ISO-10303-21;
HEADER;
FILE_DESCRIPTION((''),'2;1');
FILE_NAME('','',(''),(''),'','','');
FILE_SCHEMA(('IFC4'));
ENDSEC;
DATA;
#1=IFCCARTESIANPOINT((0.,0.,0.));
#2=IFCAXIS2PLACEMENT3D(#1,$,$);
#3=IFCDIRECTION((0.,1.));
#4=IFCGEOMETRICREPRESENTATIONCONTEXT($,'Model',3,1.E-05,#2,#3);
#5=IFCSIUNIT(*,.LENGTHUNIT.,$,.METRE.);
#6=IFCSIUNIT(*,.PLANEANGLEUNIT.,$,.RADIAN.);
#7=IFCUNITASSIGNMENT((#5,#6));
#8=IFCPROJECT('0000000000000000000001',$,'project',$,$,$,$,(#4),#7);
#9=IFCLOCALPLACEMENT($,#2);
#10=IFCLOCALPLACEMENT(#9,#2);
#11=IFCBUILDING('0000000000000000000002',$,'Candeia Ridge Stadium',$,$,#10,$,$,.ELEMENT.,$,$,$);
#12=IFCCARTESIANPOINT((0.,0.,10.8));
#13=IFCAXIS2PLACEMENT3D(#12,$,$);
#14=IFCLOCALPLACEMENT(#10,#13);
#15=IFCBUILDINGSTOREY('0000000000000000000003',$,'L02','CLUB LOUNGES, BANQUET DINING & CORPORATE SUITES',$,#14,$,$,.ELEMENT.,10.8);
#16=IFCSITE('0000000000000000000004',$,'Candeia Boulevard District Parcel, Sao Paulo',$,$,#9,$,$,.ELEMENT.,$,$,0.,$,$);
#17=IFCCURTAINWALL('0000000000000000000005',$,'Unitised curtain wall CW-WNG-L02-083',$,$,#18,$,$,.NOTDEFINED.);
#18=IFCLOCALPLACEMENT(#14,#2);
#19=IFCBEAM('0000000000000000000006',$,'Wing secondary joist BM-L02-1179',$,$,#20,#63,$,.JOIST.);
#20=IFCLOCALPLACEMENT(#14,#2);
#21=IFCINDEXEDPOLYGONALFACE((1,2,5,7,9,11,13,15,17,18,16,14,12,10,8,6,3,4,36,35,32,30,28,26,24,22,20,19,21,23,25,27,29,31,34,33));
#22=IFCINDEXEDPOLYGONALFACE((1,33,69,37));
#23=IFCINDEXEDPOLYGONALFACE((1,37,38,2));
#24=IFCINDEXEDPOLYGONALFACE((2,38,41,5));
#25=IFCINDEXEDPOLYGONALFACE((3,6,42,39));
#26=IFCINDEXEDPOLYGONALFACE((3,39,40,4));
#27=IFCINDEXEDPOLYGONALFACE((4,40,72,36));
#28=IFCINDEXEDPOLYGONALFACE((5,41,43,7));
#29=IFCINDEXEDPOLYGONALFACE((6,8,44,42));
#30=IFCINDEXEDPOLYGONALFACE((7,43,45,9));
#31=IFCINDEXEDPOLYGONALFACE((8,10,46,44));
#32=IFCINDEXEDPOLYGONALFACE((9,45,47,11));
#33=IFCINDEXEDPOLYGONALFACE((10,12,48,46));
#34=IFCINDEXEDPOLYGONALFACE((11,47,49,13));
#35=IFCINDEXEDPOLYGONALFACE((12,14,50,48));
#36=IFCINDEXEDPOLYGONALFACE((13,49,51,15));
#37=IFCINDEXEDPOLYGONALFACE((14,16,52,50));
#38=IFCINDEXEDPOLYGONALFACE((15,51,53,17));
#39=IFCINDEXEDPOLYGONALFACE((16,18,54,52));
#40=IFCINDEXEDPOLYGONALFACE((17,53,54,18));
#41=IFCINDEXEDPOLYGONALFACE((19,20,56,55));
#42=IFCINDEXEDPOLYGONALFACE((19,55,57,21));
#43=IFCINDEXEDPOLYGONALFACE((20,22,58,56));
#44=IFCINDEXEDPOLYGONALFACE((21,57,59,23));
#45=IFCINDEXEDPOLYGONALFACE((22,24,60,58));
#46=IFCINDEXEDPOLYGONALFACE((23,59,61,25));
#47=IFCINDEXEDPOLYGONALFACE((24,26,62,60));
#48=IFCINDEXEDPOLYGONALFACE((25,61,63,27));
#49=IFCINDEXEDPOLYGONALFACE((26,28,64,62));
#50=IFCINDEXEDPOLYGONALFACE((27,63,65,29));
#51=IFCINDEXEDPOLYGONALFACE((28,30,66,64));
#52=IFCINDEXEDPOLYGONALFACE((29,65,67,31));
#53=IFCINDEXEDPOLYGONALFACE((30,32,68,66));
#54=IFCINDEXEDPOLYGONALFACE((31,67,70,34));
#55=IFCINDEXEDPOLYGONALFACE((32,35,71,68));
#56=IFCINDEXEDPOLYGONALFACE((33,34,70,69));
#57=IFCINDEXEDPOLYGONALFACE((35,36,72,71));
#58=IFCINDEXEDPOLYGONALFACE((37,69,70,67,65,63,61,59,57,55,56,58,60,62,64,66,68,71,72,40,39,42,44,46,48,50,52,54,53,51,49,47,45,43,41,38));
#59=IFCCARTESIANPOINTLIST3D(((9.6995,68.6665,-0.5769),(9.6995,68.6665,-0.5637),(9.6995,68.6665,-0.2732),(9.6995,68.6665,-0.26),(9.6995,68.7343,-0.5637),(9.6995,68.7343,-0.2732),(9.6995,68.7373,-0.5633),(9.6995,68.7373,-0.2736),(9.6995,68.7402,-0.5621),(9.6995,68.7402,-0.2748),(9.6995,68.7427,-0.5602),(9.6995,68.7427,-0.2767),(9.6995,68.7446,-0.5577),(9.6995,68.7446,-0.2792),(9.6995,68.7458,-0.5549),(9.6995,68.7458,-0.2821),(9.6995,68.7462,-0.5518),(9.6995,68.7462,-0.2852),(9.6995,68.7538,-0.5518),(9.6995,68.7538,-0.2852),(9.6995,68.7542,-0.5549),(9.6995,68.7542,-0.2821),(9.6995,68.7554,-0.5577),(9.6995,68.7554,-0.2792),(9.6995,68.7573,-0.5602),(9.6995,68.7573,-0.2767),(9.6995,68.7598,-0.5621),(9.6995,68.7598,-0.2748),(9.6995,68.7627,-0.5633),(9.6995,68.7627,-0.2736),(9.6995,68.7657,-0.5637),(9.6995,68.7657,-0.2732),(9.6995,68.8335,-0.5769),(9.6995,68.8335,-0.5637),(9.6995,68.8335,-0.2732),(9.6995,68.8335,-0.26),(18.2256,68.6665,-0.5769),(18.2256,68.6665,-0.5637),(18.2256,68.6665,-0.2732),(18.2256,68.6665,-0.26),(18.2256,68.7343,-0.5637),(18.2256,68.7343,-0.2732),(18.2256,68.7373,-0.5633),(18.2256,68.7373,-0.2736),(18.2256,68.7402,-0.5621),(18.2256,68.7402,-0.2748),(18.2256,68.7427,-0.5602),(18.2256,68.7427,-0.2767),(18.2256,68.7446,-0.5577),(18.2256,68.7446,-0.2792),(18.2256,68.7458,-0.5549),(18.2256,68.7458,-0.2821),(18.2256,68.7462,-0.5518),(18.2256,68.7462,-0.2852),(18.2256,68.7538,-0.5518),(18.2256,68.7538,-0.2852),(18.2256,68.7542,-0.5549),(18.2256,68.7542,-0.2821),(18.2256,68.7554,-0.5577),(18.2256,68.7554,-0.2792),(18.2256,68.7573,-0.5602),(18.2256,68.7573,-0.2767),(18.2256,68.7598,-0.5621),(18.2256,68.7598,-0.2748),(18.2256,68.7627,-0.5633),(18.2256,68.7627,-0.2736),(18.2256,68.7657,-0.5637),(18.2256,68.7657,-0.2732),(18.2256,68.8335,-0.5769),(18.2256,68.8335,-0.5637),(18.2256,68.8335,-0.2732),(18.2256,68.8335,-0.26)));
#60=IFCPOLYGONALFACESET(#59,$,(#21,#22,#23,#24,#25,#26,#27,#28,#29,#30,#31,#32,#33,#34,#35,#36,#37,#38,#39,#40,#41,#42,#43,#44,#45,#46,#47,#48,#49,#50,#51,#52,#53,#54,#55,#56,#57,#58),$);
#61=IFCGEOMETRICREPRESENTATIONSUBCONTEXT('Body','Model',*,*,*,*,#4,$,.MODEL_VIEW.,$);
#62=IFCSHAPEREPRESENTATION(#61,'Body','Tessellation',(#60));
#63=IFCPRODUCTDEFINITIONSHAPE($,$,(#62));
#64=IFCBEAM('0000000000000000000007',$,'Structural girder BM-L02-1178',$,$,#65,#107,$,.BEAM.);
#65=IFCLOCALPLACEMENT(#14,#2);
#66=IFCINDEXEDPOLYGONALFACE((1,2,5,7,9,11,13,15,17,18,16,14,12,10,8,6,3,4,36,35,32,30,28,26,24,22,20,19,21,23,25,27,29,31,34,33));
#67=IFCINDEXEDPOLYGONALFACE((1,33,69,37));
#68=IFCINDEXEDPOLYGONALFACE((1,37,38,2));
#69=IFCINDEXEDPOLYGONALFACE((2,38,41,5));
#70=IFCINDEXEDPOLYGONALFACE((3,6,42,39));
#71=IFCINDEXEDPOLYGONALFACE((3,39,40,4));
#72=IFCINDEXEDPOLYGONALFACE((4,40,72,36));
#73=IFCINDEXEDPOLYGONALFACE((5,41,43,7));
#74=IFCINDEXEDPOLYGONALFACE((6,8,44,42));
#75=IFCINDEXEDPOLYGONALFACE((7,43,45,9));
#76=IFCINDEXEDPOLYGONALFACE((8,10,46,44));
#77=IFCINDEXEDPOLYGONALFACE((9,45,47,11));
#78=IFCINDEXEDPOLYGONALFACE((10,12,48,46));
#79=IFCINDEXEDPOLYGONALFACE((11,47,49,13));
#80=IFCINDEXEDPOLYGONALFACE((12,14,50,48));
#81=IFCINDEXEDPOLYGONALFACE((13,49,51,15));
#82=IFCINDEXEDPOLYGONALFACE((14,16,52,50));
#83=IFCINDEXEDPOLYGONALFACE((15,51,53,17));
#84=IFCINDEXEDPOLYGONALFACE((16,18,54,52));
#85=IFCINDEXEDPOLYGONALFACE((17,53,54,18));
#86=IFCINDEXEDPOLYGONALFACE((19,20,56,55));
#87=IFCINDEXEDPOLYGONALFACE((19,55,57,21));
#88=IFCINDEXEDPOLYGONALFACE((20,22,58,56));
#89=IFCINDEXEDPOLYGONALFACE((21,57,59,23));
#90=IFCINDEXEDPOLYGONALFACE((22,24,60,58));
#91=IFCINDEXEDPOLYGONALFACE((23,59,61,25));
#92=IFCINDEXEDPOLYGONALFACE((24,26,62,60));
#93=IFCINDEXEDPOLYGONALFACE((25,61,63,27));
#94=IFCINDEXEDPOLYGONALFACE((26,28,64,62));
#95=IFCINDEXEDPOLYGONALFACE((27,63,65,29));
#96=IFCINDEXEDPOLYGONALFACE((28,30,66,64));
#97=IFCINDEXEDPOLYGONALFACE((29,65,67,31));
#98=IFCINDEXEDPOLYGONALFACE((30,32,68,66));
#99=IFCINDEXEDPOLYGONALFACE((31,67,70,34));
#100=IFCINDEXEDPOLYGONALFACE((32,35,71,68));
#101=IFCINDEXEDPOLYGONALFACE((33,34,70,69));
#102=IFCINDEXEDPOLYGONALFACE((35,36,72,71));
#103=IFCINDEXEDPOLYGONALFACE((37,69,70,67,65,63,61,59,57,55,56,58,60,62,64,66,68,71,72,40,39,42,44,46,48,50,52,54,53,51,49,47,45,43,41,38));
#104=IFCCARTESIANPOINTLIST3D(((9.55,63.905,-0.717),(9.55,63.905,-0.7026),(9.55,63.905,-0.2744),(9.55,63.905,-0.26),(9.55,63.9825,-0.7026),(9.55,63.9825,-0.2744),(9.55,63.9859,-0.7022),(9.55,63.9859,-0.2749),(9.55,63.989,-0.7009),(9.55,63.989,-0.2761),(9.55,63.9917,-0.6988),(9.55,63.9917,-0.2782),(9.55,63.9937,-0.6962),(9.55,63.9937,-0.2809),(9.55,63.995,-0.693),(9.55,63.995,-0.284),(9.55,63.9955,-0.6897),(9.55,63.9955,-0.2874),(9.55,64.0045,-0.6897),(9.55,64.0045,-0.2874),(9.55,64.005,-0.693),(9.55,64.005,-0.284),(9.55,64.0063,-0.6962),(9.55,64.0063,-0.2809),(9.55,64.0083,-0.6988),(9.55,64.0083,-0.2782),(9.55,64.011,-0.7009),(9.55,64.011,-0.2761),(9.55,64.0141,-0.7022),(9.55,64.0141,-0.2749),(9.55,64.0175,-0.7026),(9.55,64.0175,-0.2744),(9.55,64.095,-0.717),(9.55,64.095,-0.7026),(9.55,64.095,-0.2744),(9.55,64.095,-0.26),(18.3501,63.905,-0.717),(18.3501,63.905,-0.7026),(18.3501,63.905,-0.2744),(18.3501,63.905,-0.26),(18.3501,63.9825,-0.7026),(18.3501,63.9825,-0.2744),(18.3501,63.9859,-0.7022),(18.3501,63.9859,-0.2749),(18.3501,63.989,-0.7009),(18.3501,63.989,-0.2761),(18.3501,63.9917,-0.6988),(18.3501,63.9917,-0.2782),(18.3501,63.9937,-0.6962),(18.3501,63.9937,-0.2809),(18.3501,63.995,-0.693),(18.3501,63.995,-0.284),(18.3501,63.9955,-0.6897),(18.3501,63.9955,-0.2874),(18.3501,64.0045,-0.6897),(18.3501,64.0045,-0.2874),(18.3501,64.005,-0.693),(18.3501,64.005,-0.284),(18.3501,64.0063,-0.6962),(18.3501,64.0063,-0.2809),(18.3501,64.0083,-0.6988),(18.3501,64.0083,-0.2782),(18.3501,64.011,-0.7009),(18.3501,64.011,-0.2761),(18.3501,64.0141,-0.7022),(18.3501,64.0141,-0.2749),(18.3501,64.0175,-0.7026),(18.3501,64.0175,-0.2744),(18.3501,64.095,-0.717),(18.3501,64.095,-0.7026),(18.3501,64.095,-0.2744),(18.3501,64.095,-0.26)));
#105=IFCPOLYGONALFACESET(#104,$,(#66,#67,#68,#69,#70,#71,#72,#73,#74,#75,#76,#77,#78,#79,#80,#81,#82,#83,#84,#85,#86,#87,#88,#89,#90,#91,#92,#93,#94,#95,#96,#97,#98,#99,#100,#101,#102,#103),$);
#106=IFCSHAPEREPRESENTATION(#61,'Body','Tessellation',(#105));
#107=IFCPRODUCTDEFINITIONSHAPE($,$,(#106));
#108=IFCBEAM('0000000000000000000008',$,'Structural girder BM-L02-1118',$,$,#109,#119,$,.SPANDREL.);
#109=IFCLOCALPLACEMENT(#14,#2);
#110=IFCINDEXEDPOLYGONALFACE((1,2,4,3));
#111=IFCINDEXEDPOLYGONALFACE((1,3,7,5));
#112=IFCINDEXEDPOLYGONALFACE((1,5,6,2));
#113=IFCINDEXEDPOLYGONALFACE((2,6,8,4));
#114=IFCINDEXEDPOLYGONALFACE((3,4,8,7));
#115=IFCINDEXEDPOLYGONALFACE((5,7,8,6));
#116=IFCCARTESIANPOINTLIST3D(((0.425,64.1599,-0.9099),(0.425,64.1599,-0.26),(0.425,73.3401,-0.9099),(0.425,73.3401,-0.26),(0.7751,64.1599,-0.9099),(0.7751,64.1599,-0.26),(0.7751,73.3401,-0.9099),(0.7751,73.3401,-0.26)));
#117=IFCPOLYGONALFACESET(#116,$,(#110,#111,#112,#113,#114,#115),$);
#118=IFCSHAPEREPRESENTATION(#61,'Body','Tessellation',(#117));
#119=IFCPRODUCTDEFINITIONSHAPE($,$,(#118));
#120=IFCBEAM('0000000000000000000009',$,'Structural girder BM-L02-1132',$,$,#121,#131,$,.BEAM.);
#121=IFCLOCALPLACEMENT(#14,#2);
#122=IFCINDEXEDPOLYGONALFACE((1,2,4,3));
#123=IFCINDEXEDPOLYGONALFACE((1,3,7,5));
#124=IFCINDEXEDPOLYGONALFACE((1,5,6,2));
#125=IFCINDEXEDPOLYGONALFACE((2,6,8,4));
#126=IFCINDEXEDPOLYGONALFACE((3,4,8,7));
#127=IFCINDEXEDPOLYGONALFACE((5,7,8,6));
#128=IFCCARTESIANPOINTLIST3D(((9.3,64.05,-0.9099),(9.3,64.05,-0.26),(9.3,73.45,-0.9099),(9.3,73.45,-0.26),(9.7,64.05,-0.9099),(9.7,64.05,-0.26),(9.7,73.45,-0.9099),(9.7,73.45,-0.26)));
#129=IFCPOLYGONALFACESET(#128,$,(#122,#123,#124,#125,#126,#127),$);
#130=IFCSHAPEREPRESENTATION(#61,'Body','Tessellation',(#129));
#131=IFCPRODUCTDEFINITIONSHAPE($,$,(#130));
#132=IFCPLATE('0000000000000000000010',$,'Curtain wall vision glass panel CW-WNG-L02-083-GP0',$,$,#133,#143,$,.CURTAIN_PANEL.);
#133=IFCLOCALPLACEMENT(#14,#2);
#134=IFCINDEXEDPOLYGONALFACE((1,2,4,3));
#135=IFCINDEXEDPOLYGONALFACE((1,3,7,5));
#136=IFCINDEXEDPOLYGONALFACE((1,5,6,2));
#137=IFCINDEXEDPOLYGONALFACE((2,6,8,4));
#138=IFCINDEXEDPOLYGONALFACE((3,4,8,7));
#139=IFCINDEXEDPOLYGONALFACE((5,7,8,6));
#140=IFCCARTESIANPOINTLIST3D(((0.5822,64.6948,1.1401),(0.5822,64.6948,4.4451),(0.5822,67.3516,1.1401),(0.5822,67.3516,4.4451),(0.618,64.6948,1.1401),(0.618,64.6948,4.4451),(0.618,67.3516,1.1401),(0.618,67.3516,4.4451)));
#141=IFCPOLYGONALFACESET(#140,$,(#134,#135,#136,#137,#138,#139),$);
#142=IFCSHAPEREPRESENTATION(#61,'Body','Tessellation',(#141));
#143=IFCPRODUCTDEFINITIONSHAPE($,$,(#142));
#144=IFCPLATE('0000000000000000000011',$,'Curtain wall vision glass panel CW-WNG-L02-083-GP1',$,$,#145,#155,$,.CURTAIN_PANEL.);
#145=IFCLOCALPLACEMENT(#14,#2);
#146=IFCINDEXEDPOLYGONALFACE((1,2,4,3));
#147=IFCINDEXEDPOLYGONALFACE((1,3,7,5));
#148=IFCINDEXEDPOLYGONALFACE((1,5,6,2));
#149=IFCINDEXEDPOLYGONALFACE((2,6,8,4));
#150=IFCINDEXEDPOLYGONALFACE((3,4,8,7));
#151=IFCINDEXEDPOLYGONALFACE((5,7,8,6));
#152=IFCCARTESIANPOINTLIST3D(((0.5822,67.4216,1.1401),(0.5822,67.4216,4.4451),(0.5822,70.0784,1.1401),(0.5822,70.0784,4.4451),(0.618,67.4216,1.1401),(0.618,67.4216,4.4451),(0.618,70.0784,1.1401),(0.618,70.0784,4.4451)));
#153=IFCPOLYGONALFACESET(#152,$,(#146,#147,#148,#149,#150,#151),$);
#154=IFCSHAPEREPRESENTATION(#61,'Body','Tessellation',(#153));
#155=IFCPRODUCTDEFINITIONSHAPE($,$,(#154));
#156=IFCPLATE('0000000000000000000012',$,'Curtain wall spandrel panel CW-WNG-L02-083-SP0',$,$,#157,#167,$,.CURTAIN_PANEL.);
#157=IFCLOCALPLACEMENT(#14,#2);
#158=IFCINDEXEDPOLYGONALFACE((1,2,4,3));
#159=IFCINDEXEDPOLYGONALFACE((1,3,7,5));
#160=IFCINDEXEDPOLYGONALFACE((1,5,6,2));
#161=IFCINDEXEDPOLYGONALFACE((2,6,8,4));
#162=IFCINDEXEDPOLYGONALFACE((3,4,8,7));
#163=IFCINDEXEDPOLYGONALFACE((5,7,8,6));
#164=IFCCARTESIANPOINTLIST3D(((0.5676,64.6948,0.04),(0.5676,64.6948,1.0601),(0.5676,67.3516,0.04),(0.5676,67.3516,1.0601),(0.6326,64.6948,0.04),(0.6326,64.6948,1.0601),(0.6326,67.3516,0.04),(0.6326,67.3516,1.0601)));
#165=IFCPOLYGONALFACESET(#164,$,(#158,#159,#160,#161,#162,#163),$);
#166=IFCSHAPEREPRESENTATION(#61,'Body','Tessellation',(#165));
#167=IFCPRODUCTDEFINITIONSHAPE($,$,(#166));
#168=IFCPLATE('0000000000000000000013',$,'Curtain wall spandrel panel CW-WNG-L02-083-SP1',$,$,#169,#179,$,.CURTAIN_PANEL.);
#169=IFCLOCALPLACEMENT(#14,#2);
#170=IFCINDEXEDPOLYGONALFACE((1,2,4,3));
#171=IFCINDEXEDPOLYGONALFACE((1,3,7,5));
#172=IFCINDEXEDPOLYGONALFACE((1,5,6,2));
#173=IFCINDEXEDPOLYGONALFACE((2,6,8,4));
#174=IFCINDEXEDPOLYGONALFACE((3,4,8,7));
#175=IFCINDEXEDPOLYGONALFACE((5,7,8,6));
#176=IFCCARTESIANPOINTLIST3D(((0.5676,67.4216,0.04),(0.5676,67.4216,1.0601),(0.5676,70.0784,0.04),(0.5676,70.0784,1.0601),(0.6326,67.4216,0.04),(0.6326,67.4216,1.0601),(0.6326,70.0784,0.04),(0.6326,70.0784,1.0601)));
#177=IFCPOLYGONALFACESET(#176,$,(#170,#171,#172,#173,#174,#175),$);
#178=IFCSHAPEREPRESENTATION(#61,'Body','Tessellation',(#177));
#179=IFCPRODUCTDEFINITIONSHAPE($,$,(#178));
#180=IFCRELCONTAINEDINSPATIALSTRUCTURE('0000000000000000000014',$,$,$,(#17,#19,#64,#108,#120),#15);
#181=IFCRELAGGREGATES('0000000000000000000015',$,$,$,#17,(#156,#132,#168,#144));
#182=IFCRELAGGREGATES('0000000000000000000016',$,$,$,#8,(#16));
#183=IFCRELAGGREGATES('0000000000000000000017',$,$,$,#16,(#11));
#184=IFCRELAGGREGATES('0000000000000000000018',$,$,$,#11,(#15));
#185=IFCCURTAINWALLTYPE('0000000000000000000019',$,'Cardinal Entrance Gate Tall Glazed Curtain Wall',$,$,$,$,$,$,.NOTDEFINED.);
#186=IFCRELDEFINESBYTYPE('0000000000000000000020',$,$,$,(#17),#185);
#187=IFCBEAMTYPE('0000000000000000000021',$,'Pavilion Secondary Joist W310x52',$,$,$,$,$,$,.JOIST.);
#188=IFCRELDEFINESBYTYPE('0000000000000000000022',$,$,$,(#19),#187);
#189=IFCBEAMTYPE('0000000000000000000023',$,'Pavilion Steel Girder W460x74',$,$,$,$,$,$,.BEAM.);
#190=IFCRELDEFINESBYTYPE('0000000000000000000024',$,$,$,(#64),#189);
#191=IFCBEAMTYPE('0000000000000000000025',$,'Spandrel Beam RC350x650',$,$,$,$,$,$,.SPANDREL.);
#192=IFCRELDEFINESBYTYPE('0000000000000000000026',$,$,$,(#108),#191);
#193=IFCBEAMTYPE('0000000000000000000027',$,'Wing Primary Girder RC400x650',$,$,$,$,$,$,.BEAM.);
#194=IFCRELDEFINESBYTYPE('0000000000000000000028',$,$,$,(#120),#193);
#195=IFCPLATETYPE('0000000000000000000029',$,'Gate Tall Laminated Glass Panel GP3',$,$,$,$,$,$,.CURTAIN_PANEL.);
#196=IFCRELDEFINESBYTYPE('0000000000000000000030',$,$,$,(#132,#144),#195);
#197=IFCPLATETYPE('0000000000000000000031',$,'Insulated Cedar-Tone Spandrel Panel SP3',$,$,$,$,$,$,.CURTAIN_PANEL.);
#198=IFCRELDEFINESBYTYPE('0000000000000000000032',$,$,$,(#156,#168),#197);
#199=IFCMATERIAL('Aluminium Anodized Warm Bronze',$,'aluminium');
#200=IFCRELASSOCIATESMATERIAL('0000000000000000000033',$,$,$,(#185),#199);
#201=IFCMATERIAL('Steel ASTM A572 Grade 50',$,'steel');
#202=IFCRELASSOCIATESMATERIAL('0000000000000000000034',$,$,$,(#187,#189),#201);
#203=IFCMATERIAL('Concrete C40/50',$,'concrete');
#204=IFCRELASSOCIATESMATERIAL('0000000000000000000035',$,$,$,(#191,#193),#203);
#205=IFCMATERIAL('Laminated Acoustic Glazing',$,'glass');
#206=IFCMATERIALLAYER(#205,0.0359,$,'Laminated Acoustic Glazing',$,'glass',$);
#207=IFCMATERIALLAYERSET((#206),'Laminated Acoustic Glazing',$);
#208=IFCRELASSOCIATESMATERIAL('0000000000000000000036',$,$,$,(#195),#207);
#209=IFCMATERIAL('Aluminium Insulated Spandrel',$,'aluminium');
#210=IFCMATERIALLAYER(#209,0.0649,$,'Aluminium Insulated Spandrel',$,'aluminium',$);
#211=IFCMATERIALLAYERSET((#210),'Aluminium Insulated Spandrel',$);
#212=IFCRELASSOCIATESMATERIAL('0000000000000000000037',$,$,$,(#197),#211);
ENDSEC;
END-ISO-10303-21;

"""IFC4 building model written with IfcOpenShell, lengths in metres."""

from ifc_helpers import new_model, si_unit, direction, frame, origin, origin_2d, place, context, subcontext, project, spatial, rectangle, i_section, extrude, material, layer, layer_set, material_profile, profile_set, type_object, element, aggregate, save


model = new_model("IFC4")

# Units and contexts
model_context = context("Model", 3, precision=1e-05, world=origin(), true_north=direction((0.0, 1.0)))
body_context = subcontext(model_context, "Body", "Model", "MODEL_VIEW")
ifc_project = project(units=[si_unit("LENGTHUNIT", "METRE"), si_unit("PLANEANGLEUNIT", "RADIAN")], contexts=[model_context])

# Site, building, storey
site_placement = place(None, origin())
site = spatial("IfcSite", under=ifc_project, at=site_placement, Name="Candeia Boulevard District Parcel, Sao Paulo", CompositionType="ELEMENT", RefElevation=0.0)
building_placement = place(site_placement, origin())
building = spatial("IfcBuilding", under=site, at=building_placement, Name="Candeia Ridge Stadium", CompositionType="ELEMENT")
storey_placement = place(building_placement, frame((0.0, 0.0, 10.8)))
storey = spatial("IfcBuildingStorey", under=building, at=storey_placement, Name="L02", Description="CLUB LOUNGES, BANQUET DINING & CORPORATE SUITES", CompositionType="ELEMENT", Elevation=10.8)

# Shared definitions
ifc_material_1 = material(Name="Concrete C40/50", Category="concrete")

# Curtain wall
ifc_material_2 = material(Name="Aluminium Anodized Warm Bronze", Category="aluminium")
curtain_wall_type = type_object("IfcCurtainWallType", Name="Cardinal Entrance Gate Tall Glazed Curtain Wall", PredefinedType="NOTDEFINED", material=ifc_material_2)
curtain_wall_placement = place(storey_placement, origin())
curtain_wall = element("IfcCurtainWall", 1, at=curtain_wall_placement, inside=storey, type_object=curtain_wall_type, Name="Unitised curtain wall CW-WNG-L02-083", PredefinedType="NOTDEFINED")

# Beams
ifc_material_3 = material(Name="Steel ASTM A572 Grade 50", Category="steel")
ifc_material_profile_1 = material_profile(ifc_material_3, i_section(OverallWidth=0.167, OverallDepth=0.3169, WebThickness=0.0076, FlangeThickness=0.0132, FilletRadius=0.012, at=origin_2d()), Name="W310x52", Category="steel")
ifc_profile_set_1 = profile_set([ifc_material_profile_1], Name="Steel ASTM A572 Grade 50")
beam_type_1 = type_object("IfcBeamType", Name="Pavilion Secondary Joist W310x52", PredefinedType="JOIST", material=ifc_profile_set_1)
for number, where, z_axis, x_axis, name in (
    (2, (9.6995, 68.75, -0.4185), (1.0, 0.0, 0.0), (0.0, 1.0, 0.0), "Wing secondary joist BM-L02-1179"),
):
    element("IfcBeam", number, at=place(storey_placement, frame(where, z_axis=z_axis, x_axis=x_axis)), inside=storey, type_object=beam_type_1, Name=name, PredefinedType="JOIST", context=body_context, shape_type="SweptSolid", body=[
        extrude(i_section(OverallWidth=0.167, OverallDepth=0.3169, WebThickness=0.0076, FlangeThickness=0.0132, FilletRadius=0.012, at=origin_2d()), origin(), (0.0, 0.0, 1.0), 8.5261),
    ])
ifc_material_profile_2 = material_profile(ifc_material_3, i_section(OverallWidth=0.1899, OverallDepth=0.457, WebThickness=0.009, FlangeThickness=0.0144, FilletRadius=0.0129, at=origin_2d()), Name="W460x74", Category="steel")
ifc_profile_set_2 = profile_set([ifc_material_profile_2], Name="Steel ASTM A572 Grade 50")
beam_type_2 = type_object("IfcBeamType", Name="Pavilion Steel Girder W460x74", PredefinedType="BEAM", material=ifc_profile_set_2)
beam_1_placement = place(storey_placement, frame((9.55, 64.0, -0.4885), z_axis=(1.0, 0.0, 0.0), x_axis=(0.0, 1.0, 0.0)))
element("IfcBeam", 3, at=beam_1_placement, inside=storey, type_object=beam_type_2, Name="Structural girder BM-L02-1178", PredefinedType="BEAM", context=body_context, shape_type="SweptSolid", body=[
    extrude(i_section(OverallWidth=0.1899, OverallDepth=0.457, WebThickness=0.009, FlangeThickness=0.0144, FilletRadius=0.0129, at=origin_2d()), origin(), (0.0, 0.0, 1.0), 8.8),
])
ifc_material_profile_3 = material_profile(ifc_material_1, rectangle(XDim=0.3501, YDim=0.6499, at=origin_2d()), Name="RC350x650", Category="concrete")
ifc_profile_set_3 = profile_set([ifc_material_profile_3], Name="Concrete C40/50")
beam_type_3 = type_object("IfcBeamType", Name="Spandrel Beam RC350x650", PredefinedType="SPANDREL", material=ifc_profile_set_3)
beam_2_placement = place(storey_placement, frame((0.6001, 64.1599, -0.585), z_axis=(0.0, 1.0, 0.0), x_axis=(-1.0, 0.0, 0.0)))
element("IfcBeam", 4, at=beam_2_placement, inside=storey, type_object=beam_type_3, Name="Structural girder BM-L02-1118", PredefinedType="SPANDREL", context=body_context, shape_type="SweptSolid", body=[
    extrude(rectangle(XDim=0.3501, YDim=0.6499, at=origin_2d()), origin(), (0.0, 0.0, 1.0), 9.1802),
])
ifc_material_profile_4 = material_profile(ifc_material_1, rectangle(XDim=0.3999, YDim=0.6499, at=origin_2d()), Name="RC400x650", Category="concrete")
ifc_profile_set_4 = profile_set([ifc_material_profile_4], Name="Concrete C40/50")
beam_type_4 = type_object("IfcBeamType", Name="Wing Primary Girder RC400x650", PredefinedType="BEAM", material=ifc_profile_set_4)
beam_3_placement = place(storey_placement, frame((9.5, 64.05, -0.585), z_axis=(0.0, 1.0, 0.0), x_axis=(-1.0, 0.0, 0.0)))
element("IfcBeam", 5, at=beam_3_placement, inside=storey, type_object=beam_type_4, Name="Structural girder BM-L02-1132", PredefinedType="BEAM", context=body_context, shape_type="SweptSolid", body=[
    extrude(rectangle(XDim=0.3999, YDim=0.6499, at=origin_2d()), origin(), (0.0, 0.0, 1.0), 9.3999),
])

# Plates
ifc_material_4 = material(Name="Laminated Acoustic Glazing", Category="glass")
ifc_layer_1 = layer(ifc_material_4, 0.0359, Name="Laminated Acoustic Glazing", Category="glass")
ifc_layer_set_1 = layer_set([ifc_layer_1], Name="Laminated Acoustic Glazing")
plate_type_1 = type_object("IfcPlateType", Name="Gate Tall Laminated Glass Panel GP3", PredefinedType="CURTAIN_PANEL", material=ifc_layer_set_1)
plate_1_placement = place(storey_placement, frame((0.6001, 66.0232, 1.1401), z_axis=(0.0, 0.0, 1.0), x_axis=(0.0, 1.0, 0.0)))
plate_1 = element("IfcPlate", 6, at=plate_1_placement, type_object=plate_type_1, Name="Curtain wall vision glass panel CW-WNG-L02-083-GP0", PredefinedType="CURTAIN_PANEL", context=body_context, shape_type="SweptSolid", body=[
    extrude(rectangle(XDim=2.6567, YDim=0.0359, at=origin_2d()), origin(), (0.0, 0.0, 1.0), 3.3049),
])
plate_2_placement = place(storey_placement, frame((0.6001, 68.75, 1.1401), z_axis=(0.0, 0.0, 1.0), x_axis=(0.0, 1.0, 0.0)))
plate_2 = element("IfcPlate", 7, at=plate_2_placement, type_object=plate_type_1, Name="Curtain wall vision glass panel CW-WNG-L02-083-GP1", PredefinedType="CURTAIN_PANEL", context=body_context, shape_type="SweptSolid", body=[
    extrude(rectangle(XDim=2.6567, YDim=0.0359, at=origin_2d()), origin(), (0.0, 0.0, 1.0), 3.3049),
])
ifc_material_5 = material(Name="Aluminium Insulated Spandrel", Category="aluminium")
ifc_layer_2 = layer(ifc_material_5, 0.0649, Name="Aluminium Insulated Spandrel", Category="aluminium")
ifc_layer_set_2 = layer_set([ifc_layer_2], Name="Aluminium Insulated Spandrel")
plate_type_2 = type_object("IfcPlateType", Name="Insulated Cedar-Tone Spandrel Panel SP3", PredefinedType="CURTAIN_PANEL", material=ifc_layer_set_2)
plate_3_placement = place(storey_placement, frame((0.6001, 66.0232, 0.04), z_axis=(0.0, 0.0, 1.0), x_axis=(0.0, 1.0, 0.0)))
plate_3 = element("IfcPlate", 8, at=plate_3_placement, type_object=plate_type_2, Name="Curtain wall spandrel panel CW-WNG-L02-083-SP0", PredefinedType="CURTAIN_PANEL", context=body_context, shape_type="SweptSolid", body=[
    extrude(rectangle(XDim=2.6567, YDim=0.0649, at=origin_2d()), origin(), (0.0, 0.0, 1.0), 1.02),
])
plate_4_placement = place(storey_placement, frame((0.6001, 68.75, 0.04), z_axis=(0.0, 0.0, 1.0), x_axis=(0.0, 1.0, 0.0)))
plate_4 = element("IfcPlate", 9, at=plate_4_placement, type_object=plate_type_2, Name="Curtain wall spandrel panel CW-WNG-L02-083-SP1", PredefinedType="CURTAIN_PANEL", context=body_context, shape_type="SweptSolid", body=[
    extrude(rectangle(XDim=2.6567, YDim=0.0649, at=origin_2d()), origin(), (0.0, 0.0, 1.0), 1.02),
])
aggregate(curtain_wall, [plate_3, plate_1, plate_4, plate_2])

save(model, "model.ifc")
